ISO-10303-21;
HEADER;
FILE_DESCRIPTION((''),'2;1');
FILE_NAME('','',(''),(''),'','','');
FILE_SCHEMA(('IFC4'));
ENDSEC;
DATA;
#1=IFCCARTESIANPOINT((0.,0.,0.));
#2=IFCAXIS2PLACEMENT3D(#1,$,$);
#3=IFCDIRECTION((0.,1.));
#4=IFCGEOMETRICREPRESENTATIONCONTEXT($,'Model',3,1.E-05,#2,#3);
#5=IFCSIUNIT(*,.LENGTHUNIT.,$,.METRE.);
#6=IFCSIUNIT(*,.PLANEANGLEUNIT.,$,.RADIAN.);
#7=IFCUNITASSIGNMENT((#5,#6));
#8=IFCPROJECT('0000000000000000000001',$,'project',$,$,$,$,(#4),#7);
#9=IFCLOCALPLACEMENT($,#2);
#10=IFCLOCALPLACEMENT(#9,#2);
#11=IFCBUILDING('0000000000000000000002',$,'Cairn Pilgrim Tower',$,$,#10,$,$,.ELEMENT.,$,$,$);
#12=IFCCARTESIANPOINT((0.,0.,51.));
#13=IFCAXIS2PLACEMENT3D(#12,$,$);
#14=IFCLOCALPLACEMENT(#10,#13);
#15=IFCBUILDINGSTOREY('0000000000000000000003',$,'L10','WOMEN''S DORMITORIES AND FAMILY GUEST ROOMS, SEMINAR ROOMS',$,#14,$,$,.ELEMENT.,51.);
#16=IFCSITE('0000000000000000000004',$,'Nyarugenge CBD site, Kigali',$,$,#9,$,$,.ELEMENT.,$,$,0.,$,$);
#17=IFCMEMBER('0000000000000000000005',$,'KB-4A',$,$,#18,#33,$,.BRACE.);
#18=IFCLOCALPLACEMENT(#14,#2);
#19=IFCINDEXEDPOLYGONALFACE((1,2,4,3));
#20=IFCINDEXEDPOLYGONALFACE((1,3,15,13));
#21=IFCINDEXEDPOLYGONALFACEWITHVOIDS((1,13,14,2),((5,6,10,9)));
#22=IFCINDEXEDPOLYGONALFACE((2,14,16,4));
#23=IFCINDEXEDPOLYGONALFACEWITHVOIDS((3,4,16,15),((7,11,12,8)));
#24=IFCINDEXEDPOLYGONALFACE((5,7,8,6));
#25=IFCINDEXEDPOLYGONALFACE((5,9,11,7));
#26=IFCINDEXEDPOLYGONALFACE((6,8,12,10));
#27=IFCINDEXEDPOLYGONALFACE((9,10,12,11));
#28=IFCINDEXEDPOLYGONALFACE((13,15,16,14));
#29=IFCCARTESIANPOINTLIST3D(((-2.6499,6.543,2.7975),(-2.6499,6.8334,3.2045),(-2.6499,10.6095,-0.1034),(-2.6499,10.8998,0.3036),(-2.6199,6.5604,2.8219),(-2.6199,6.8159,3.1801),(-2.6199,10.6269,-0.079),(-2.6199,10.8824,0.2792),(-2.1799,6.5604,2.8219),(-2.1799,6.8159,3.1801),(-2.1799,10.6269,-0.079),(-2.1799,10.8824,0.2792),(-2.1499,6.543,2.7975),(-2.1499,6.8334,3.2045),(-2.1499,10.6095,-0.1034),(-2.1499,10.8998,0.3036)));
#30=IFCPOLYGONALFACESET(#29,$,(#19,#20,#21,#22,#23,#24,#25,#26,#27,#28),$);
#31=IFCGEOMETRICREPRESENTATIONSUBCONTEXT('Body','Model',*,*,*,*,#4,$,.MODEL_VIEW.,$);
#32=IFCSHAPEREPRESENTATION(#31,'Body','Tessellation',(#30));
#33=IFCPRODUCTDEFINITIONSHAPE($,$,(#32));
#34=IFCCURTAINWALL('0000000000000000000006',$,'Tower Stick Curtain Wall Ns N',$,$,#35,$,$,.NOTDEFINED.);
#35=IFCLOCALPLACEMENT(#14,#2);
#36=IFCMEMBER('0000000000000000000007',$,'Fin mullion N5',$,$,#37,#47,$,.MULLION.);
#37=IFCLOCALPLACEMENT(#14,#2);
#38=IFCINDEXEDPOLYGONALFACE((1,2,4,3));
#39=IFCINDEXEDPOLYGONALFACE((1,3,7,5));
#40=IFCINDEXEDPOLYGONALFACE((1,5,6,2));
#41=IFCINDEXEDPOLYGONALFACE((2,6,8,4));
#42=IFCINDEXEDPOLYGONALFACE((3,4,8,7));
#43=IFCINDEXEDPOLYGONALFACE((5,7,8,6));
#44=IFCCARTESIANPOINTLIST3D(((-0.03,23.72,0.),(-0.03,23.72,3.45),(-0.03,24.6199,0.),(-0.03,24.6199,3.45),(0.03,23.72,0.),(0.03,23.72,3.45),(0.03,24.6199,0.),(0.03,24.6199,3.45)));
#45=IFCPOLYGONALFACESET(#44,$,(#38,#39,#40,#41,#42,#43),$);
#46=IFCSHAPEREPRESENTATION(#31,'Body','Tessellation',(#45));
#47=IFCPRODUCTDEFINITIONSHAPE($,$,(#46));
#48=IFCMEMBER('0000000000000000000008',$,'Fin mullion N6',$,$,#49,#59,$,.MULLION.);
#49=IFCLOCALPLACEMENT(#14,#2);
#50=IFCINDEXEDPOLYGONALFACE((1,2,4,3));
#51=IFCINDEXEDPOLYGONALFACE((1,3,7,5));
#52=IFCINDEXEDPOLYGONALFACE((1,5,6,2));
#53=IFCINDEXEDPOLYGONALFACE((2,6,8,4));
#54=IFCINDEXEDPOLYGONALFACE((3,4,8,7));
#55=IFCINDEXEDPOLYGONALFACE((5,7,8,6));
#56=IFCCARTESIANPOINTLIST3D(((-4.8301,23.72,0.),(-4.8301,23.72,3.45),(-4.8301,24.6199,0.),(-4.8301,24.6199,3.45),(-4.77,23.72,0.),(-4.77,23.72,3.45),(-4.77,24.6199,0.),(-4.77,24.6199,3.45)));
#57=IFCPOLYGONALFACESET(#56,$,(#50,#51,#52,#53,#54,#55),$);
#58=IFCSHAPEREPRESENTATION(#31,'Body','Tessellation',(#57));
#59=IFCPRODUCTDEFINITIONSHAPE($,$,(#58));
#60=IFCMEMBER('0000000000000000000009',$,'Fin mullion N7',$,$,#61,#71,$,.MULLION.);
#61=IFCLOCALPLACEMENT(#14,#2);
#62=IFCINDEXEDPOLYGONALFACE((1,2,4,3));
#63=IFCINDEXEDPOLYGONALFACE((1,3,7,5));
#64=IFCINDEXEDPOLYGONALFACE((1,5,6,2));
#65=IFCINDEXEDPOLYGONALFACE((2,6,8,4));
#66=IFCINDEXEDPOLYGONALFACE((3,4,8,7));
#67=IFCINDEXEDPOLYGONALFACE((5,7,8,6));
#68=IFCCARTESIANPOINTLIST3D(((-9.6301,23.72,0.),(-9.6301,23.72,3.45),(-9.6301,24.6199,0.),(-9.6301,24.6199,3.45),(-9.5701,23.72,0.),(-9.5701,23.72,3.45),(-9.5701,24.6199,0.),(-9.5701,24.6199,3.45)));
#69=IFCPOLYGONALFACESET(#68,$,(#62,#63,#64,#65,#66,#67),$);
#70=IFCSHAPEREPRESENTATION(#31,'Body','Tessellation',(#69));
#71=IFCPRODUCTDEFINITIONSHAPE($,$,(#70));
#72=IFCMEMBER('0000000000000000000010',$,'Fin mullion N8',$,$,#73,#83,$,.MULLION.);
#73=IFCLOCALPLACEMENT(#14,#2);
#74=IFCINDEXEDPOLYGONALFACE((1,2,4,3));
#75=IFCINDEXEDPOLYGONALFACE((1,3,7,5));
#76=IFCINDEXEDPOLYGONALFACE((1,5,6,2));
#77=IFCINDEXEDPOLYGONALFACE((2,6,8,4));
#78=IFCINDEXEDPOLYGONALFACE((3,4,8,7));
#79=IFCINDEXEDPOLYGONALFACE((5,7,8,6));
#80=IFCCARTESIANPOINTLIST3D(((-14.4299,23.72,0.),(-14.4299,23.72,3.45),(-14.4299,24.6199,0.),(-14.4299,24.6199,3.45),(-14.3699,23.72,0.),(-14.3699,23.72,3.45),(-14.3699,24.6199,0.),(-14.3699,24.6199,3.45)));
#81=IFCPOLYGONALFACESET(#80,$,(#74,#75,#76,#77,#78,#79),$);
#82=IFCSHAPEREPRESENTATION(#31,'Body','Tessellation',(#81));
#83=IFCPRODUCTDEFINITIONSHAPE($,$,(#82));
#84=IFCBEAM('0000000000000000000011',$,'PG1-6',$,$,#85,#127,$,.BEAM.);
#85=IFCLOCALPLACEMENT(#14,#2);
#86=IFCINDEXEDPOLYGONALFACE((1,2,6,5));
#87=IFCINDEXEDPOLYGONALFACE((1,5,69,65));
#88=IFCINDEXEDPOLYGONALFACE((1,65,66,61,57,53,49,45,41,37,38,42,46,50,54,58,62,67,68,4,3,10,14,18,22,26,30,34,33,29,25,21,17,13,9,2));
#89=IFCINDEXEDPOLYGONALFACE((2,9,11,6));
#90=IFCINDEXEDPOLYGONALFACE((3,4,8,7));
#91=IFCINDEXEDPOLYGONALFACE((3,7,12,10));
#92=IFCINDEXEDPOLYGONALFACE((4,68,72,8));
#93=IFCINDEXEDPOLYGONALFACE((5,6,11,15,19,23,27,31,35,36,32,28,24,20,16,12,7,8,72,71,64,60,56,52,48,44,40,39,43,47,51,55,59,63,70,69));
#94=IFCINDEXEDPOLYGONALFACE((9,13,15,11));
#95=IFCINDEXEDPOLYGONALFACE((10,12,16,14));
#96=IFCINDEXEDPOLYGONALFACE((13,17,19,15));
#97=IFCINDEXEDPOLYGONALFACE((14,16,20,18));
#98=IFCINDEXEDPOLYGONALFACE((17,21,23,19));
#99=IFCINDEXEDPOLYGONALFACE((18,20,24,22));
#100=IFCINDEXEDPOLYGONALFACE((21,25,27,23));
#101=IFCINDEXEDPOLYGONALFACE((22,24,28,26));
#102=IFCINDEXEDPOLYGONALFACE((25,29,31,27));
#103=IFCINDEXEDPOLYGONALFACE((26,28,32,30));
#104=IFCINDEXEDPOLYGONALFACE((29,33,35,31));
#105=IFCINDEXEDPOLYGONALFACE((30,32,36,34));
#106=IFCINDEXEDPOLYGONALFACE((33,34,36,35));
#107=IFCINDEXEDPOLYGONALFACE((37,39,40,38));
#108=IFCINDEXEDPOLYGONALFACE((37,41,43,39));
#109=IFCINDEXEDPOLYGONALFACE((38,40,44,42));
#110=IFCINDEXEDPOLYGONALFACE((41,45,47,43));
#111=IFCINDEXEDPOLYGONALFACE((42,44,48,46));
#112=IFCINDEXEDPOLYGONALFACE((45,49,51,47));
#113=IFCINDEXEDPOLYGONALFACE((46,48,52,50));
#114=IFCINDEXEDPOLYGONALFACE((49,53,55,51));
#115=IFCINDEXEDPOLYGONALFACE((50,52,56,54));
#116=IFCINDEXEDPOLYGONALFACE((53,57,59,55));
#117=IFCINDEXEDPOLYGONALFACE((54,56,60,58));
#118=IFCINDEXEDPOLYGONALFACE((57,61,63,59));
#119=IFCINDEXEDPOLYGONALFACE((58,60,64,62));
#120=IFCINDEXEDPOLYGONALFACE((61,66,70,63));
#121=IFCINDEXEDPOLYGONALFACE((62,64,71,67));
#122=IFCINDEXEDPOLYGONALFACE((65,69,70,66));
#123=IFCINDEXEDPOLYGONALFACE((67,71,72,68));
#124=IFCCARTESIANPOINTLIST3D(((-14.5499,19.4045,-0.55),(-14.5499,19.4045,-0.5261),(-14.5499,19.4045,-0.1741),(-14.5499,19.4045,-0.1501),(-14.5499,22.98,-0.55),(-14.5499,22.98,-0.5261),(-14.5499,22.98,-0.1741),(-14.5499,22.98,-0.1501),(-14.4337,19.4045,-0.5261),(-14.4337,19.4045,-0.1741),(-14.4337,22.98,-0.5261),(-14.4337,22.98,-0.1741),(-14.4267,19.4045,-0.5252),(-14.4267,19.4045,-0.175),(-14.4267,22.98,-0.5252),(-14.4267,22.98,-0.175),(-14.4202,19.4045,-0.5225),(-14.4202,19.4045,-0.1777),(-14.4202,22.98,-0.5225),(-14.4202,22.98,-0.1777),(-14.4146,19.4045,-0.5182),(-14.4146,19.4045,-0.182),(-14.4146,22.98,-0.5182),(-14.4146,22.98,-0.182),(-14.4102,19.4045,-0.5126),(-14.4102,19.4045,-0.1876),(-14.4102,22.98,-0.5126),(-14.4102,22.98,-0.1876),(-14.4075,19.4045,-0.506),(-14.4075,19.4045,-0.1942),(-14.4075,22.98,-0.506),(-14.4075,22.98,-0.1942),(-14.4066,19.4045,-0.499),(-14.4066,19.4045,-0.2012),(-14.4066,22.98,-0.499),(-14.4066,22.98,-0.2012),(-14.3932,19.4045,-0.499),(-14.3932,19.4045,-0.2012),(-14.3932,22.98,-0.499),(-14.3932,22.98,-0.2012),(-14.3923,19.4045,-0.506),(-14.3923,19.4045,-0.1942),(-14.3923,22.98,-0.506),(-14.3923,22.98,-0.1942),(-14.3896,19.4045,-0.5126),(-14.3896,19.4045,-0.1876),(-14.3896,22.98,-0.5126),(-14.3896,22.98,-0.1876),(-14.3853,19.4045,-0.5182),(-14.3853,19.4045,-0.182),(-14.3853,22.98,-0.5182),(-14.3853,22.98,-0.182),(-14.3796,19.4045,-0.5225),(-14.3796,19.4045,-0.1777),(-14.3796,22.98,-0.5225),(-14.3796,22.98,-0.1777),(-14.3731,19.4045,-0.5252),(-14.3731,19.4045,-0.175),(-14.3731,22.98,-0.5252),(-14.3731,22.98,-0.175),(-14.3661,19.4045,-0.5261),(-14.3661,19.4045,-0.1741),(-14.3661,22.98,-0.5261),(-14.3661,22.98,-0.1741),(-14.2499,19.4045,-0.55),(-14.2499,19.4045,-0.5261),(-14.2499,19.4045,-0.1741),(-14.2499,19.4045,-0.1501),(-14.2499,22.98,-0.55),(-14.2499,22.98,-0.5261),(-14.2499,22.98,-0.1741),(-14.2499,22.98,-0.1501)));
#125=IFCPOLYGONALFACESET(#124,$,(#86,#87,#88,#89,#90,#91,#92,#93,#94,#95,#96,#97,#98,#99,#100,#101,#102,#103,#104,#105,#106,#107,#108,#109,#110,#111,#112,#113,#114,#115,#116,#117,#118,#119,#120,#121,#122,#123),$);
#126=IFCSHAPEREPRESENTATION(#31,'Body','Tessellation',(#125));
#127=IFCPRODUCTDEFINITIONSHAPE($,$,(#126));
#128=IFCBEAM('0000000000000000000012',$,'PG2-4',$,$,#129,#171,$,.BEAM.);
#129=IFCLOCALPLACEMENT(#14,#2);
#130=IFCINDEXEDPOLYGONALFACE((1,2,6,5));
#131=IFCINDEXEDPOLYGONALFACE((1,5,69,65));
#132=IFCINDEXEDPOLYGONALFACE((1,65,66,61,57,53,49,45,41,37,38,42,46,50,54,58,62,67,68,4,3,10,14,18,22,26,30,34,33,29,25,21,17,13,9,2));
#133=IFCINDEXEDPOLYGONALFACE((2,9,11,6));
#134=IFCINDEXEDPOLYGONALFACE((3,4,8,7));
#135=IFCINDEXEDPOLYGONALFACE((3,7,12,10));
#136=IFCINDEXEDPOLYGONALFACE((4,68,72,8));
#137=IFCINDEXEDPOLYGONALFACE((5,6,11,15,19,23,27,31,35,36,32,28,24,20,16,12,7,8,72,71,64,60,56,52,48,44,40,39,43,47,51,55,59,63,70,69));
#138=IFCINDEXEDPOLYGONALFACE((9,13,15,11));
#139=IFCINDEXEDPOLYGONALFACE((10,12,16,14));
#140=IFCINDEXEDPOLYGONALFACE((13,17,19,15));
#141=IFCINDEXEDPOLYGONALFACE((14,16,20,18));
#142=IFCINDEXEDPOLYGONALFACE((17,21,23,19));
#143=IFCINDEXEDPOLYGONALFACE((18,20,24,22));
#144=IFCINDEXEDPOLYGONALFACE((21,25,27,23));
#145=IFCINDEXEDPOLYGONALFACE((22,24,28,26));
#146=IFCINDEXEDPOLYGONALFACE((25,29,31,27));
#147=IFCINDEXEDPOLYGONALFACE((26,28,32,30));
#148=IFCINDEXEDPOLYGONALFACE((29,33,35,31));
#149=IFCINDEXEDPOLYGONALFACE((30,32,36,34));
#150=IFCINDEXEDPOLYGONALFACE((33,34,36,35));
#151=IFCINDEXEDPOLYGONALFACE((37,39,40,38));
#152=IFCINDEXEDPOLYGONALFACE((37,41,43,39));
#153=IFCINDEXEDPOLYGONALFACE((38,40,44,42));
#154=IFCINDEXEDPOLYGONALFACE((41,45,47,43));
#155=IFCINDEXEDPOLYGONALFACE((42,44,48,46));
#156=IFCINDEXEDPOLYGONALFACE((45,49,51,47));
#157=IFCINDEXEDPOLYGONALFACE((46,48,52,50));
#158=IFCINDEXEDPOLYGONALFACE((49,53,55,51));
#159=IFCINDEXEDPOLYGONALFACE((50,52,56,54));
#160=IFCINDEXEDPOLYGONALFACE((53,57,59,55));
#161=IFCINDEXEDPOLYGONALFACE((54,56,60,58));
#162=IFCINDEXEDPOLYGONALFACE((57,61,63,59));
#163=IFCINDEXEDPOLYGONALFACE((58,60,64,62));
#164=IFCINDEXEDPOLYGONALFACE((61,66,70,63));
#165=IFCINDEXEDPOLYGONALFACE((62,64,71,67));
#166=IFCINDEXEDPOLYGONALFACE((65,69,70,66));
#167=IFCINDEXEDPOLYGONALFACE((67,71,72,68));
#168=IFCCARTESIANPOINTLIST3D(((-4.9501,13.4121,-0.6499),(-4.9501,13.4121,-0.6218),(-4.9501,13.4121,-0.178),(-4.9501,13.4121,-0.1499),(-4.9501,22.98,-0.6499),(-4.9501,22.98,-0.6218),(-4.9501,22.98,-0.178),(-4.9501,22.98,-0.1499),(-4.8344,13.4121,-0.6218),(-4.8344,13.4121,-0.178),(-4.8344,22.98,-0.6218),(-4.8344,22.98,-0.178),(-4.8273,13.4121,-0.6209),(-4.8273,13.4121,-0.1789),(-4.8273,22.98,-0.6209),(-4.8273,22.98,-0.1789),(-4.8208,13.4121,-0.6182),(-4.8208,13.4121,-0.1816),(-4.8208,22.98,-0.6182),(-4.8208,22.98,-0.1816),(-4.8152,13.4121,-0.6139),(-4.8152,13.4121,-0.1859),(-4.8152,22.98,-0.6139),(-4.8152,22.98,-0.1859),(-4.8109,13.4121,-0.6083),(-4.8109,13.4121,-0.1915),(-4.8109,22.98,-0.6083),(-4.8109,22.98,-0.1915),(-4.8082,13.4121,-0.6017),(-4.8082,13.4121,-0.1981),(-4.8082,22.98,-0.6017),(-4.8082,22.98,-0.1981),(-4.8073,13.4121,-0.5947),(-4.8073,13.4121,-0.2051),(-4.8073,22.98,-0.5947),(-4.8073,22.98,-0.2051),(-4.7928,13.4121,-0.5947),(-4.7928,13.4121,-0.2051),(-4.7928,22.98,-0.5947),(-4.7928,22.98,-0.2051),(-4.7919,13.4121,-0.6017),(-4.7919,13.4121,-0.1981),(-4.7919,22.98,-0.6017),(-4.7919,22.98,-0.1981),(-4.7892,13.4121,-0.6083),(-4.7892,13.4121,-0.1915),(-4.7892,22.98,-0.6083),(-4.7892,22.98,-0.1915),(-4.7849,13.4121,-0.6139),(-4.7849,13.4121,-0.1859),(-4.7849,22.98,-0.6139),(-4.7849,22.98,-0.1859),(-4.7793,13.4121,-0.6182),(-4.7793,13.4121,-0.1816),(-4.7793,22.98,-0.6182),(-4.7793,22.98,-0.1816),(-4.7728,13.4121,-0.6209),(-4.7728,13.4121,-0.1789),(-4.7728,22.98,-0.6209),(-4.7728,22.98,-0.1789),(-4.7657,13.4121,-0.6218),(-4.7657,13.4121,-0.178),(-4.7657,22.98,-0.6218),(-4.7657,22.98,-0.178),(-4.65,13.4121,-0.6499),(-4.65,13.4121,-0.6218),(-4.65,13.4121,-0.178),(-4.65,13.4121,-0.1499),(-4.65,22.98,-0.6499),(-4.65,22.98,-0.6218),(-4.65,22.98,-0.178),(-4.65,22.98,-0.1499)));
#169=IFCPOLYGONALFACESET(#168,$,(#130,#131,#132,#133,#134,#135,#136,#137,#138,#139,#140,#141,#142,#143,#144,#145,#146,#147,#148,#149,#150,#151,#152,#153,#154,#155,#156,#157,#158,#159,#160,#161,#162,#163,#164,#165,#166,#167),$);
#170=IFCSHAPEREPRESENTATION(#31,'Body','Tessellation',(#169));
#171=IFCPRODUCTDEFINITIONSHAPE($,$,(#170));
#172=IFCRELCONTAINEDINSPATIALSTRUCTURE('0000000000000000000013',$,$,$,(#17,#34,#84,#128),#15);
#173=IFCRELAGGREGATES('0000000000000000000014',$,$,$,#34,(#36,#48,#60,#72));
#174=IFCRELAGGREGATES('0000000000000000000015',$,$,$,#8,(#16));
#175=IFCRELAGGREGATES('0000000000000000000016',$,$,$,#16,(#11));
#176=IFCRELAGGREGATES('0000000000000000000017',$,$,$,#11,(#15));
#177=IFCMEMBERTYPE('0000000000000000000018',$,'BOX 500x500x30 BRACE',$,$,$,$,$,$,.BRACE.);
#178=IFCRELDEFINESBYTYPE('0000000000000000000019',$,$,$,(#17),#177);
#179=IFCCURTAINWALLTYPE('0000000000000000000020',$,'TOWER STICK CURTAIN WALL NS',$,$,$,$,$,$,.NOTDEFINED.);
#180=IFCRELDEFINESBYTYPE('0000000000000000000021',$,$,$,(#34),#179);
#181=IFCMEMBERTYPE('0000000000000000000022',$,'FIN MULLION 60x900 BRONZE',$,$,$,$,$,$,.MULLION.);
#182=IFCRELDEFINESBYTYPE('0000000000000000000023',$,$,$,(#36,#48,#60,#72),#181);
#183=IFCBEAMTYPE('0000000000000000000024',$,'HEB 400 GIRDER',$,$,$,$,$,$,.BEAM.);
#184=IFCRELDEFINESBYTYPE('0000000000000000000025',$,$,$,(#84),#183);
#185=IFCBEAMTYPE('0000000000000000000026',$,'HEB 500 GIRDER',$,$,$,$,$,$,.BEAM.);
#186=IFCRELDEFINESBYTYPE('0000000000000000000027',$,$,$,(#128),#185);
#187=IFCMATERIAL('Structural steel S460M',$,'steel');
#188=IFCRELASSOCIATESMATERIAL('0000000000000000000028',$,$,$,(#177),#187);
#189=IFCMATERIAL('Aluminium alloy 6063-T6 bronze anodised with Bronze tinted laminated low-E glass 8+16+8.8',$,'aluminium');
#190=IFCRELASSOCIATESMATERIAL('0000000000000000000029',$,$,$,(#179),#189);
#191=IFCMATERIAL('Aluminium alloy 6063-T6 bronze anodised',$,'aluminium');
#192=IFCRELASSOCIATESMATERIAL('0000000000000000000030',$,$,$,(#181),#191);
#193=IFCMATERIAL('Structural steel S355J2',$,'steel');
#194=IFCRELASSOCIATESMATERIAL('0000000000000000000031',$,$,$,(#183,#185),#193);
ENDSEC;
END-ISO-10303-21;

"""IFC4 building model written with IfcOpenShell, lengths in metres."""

from ifc_helpers import new_model, si_unit, direction, frame, origin, origin_2d, place, context, subcontext, project, spatial, rectangle, hollow_rectangle, i_section, extrude, material, material_profile, profile_set, type_object, element, aggregate, save


model = new_model("IFC4")

# Units and contexts
model_context = context("Model", 3, precision=1e-05, world=origin(), true_north=direction((0.0, 1.0)))
body_context = subcontext(model_context, "Body", "Model", "MODEL_VIEW")
ifc_project = project(units=[si_unit("LENGTHUNIT", "METRE"), si_unit("PLANEANGLEUNIT", "RADIAN")], contexts=[model_context])

# Site, building, storey
site_placement = place(None, origin())
site = spatial("IfcSite", under=ifc_project, at=site_placement, Name="Nyarugenge CBD site, Kigali", CompositionType="ELEMENT", RefElevation=0.0)
building_placement = place(site_placement, origin())
building = spatial("IfcBuilding", under=site, at=building_placement, Name="Cairn Pilgrim Tower", CompositionType="ELEMENT")
storey_placement = place(building_placement, frame((0.0, 0.0, 51.0)))
storey = spatial("IfcBuildingStorey", under=building, at=storey_placement, Name="L10", Description="WOMEN'S DORMITORIES AND FAMILY GUEST ROOMS, SEMINAR ROOMS", CompositionType="ELEMENT", Elevation=51.0)

# Shared definitions
ifc_material_1 = material(Name="Structural steel S460M", Category="steel")

# Member
ifc_material_profile_1 = material_profile(ifc_material_1, hollow_rectangle(XDim=0.5, YDim=0.5, WallThickness=0.03, at=origin_2d()), Name="BOX 500x500x30")
ifc_profile_set_1 = profile_set([ifc_material_profile_1], Name="Structural steel S460M")
member_type_1 = type_object("IfcMemberType", Name="BOX 500x500x30 BRACE", PredefinedType="BRACE", material=ifc_profile_set_1)
member_1_placement = place(storey_placement, frame((-2.3999, 10.7546, 0.1001), z_axis=(0.0, -0.814083, 0.580748), x_axis=(1.0, 0.0, 0.0)))
element("IfcMember", 1, at=member_1_placement, inside=storey, type_object=member_type_1, Name="KB-4A", PredefinedType="BRACE", context=body_context, shape_type="SweptSolid", body=[
    extrude(hollow_rectangle(XDim=0.5, YDim=0.5, WallThickness=0.03, at=origin_2d()), origin(), (0.0, 0.0, 1.0), 4.9951),
])

# Curtain wall, members
ifc_material_2 = material(Name="Aluminium alloy 6063-T6 bronze anodised with Bronze tinted laminated low-E glass 8+16+8.8", Category="aluminium")
curtain_wall_type = type_object("IfcCurtainWallType", Name="TOWER STICK CURTAIN WALL NS", PredefinedType="NOTDEFINED", material=ifc_material_2)
curtain_wall_placement = place(storey_placement, origin())
curtain_wall = element("IfcCurtainWall", 2, at=curtain_wall_placement, inside=storey, type_object=curtain_wall_type, Name="Tower Stick Curtain Wall Ns N", PredefinedType="NOTDEFINED")
ifc_material_3 = material(Name="Aluminium alloy 6063-T6 bronze anodised", Category="aluminium")
ifc_material_profile_2 = material_profile(ifc_material_3, rectangle(XDim=0.8999, YDim=0.0601, at=origin_2d()), Name="FIN MULLION 60x900 BRONZE")
ifc_profile_set_2 = profile_set([ifc_material_profile_2], Name="Aluminium alloy 6063-T6 bronze anodised")
member_type_2 = type_object("IfcMemberType", Name="FIN MULLION 60x900 BRONZE", PredefinedType="MULLION", material=ifc_profile_set_2)
member_2_placement = place(storey_placement, frame((0.0, 24.1699, 0.0), z_axis=(0.0, 0.0, 1.0), x_axis=(0.0, 1.0, 0.0)))
member_2 = element("IfcMember", 3, at=member_2_placement, type_object=member_type_2, Name="Fin mullion N5", PredefinedType="MULLION", context=body_context, shape_type="SweptSolid", body=[
    extrude(rectangle(XDim=0.8999, YDim=0.0601, at=origin_2d()), origin(), (0.0, 0.0, 1.0), 3.45),
])
member_3_placement = place(storey_placement, frame((-4.8, 24.1699, 0.0), z_axis=(0.0, 0.0, 1.0), x_axis=(0.0, 1.0, 0.0)))
member_3 = element("IfcMember", 4, at=member_3_placement, type_object=member_type_2, Name="Fin mullion N6", PredefinedType="MULLION", context=body_context, shape_type="SweptSolid", body=[
    extrude(rectangle(XDim=0.8999, YDim=0.0601, at=origin_2d()), origin(), (0.0, 0.0, 1.0), 3.45),
])
member_4_placement = place(storey_placement, frame((-9.6001, 24.1699, 0.0), z_axis=(0.0, 0.0, 1.0), x_axis=(0.0, 1.0, 0.0)))
member_4 = element("IfcMember", 5, at=member_4_placement, type_object=member_type_2, Name="Fin mullion N7", PredefinedType="MULLION", context=body_context, shape_type="SweptSolid", body=[
    extrude(rectangle(XDim=0.8999, YDim=0.0601, at=origin_2d()), origin(), (0.0, 0.0, 1.0), 3.45),
])
member_5_placement = place(storey_placement, frame((-14.3999, 24.1699, 0.0), z_axis=(0.0, 0.0, 1.0), x_axis=(0.0, 1.0, 0.0)))
member_5 = element("IfcMember", 6, at=member_5_placement, type_object=member_type_2, Name="Fin mullion N8", PredefinedType="MULLION", context=body_context, shape_type="SweptSolid", body=[
    extrude(rectangle(XDim=0.8999, YDim=0.0601, at=origin_2d()), origin(), (0.0, 0.0, 1.0), 3.45),
])

# Beams
ifc_material_4 = material(Name="Structural steel S355J2", Category="steel")
ifc_material_profile_3 = material_profile(ifc_material_4, i_section(OverallWidth=0.3, OverallDepth=0.3999, WebThickness=0.0134, FlangeThickness=0.0239, FilletRadius=0.0271, at=origin_2d()), Name="HEB 400")
ifc_profile_set_3 = profile_set([ifc_material_profile_3], Name="Structural steel S355J2")
beam_type_1 = type_object("IfcBeamType", Name="HEB 400 GIRDER", PredefinedType="BEAM", material=ifc_profile_set_3)
beam_1_placement = place(storey_placement, frame((-14.3999, 19.4045, -0.3501), z_axis=(0.0, 1.0, 0.0), x_axis=(-1.0, 0.0, 0.0)))
element("IfcBeam", 7, at=beam_1_placement, inside=storey, type_object=beam_type_1, Name="PG1-6", PredefinedType="BEAM", context=body_context, shape_type="SweptSolid", body=[
    extrude(i_section(OverallWidth=0.3, OverallDepth=0.3999, WebThickness=0.0134, FlangeThickness=0.0239, FilletRadius=0.0271, at=origin_2d()), origin(), (0.0, 0.0, 1.0), 3.5754),
])
ifc_material_profile_4 = material_profile(ifc_material_4, i_section(OverallWidth=0.3, OverallDepth=0.5, WebThickness=0.0144, FlangeThickness=0.0281, FilletRadius=0.0271, at=origin_2d()), Name="HEB 500")
ifc_profile_set_4 = profile_set([ifc_material_profile_4], Name="Structural steel S355J2")
beam_type_2 = type_object("IfcBeamType", Name="HEB 500 GIRDER", PredefinedType="BEAM", material=ifc_profile_set_4)
beam_2_placement = place(storey_placement, frame((-4.8, 13.4121, -0.3999), z_axis=(0.0, 1.0, 0.0), x_axis=(-1.0, 0.0, 0.0)))
element("IfcBeam", 8, at=beam_2_placement, inside=storey, type_object=beam_type_2, Name="PG2-4", PredefinedType="BEAM", context=body_context, shape_type="SweptSolid", body=[
    extrude(i_section(OverallWidth=0.3, OverallDepth=0.5, WebThickness=0.0144, FlangeThickness=0.0281, FilletRadius=0.0271, at=origin_2d()), origin(), (0.0, 0.0, 1.0), 9.5679),
])

aggregate(curtain_wall, [member_2, member_3, member_4, member_5])

save(model, "model.ifc")
